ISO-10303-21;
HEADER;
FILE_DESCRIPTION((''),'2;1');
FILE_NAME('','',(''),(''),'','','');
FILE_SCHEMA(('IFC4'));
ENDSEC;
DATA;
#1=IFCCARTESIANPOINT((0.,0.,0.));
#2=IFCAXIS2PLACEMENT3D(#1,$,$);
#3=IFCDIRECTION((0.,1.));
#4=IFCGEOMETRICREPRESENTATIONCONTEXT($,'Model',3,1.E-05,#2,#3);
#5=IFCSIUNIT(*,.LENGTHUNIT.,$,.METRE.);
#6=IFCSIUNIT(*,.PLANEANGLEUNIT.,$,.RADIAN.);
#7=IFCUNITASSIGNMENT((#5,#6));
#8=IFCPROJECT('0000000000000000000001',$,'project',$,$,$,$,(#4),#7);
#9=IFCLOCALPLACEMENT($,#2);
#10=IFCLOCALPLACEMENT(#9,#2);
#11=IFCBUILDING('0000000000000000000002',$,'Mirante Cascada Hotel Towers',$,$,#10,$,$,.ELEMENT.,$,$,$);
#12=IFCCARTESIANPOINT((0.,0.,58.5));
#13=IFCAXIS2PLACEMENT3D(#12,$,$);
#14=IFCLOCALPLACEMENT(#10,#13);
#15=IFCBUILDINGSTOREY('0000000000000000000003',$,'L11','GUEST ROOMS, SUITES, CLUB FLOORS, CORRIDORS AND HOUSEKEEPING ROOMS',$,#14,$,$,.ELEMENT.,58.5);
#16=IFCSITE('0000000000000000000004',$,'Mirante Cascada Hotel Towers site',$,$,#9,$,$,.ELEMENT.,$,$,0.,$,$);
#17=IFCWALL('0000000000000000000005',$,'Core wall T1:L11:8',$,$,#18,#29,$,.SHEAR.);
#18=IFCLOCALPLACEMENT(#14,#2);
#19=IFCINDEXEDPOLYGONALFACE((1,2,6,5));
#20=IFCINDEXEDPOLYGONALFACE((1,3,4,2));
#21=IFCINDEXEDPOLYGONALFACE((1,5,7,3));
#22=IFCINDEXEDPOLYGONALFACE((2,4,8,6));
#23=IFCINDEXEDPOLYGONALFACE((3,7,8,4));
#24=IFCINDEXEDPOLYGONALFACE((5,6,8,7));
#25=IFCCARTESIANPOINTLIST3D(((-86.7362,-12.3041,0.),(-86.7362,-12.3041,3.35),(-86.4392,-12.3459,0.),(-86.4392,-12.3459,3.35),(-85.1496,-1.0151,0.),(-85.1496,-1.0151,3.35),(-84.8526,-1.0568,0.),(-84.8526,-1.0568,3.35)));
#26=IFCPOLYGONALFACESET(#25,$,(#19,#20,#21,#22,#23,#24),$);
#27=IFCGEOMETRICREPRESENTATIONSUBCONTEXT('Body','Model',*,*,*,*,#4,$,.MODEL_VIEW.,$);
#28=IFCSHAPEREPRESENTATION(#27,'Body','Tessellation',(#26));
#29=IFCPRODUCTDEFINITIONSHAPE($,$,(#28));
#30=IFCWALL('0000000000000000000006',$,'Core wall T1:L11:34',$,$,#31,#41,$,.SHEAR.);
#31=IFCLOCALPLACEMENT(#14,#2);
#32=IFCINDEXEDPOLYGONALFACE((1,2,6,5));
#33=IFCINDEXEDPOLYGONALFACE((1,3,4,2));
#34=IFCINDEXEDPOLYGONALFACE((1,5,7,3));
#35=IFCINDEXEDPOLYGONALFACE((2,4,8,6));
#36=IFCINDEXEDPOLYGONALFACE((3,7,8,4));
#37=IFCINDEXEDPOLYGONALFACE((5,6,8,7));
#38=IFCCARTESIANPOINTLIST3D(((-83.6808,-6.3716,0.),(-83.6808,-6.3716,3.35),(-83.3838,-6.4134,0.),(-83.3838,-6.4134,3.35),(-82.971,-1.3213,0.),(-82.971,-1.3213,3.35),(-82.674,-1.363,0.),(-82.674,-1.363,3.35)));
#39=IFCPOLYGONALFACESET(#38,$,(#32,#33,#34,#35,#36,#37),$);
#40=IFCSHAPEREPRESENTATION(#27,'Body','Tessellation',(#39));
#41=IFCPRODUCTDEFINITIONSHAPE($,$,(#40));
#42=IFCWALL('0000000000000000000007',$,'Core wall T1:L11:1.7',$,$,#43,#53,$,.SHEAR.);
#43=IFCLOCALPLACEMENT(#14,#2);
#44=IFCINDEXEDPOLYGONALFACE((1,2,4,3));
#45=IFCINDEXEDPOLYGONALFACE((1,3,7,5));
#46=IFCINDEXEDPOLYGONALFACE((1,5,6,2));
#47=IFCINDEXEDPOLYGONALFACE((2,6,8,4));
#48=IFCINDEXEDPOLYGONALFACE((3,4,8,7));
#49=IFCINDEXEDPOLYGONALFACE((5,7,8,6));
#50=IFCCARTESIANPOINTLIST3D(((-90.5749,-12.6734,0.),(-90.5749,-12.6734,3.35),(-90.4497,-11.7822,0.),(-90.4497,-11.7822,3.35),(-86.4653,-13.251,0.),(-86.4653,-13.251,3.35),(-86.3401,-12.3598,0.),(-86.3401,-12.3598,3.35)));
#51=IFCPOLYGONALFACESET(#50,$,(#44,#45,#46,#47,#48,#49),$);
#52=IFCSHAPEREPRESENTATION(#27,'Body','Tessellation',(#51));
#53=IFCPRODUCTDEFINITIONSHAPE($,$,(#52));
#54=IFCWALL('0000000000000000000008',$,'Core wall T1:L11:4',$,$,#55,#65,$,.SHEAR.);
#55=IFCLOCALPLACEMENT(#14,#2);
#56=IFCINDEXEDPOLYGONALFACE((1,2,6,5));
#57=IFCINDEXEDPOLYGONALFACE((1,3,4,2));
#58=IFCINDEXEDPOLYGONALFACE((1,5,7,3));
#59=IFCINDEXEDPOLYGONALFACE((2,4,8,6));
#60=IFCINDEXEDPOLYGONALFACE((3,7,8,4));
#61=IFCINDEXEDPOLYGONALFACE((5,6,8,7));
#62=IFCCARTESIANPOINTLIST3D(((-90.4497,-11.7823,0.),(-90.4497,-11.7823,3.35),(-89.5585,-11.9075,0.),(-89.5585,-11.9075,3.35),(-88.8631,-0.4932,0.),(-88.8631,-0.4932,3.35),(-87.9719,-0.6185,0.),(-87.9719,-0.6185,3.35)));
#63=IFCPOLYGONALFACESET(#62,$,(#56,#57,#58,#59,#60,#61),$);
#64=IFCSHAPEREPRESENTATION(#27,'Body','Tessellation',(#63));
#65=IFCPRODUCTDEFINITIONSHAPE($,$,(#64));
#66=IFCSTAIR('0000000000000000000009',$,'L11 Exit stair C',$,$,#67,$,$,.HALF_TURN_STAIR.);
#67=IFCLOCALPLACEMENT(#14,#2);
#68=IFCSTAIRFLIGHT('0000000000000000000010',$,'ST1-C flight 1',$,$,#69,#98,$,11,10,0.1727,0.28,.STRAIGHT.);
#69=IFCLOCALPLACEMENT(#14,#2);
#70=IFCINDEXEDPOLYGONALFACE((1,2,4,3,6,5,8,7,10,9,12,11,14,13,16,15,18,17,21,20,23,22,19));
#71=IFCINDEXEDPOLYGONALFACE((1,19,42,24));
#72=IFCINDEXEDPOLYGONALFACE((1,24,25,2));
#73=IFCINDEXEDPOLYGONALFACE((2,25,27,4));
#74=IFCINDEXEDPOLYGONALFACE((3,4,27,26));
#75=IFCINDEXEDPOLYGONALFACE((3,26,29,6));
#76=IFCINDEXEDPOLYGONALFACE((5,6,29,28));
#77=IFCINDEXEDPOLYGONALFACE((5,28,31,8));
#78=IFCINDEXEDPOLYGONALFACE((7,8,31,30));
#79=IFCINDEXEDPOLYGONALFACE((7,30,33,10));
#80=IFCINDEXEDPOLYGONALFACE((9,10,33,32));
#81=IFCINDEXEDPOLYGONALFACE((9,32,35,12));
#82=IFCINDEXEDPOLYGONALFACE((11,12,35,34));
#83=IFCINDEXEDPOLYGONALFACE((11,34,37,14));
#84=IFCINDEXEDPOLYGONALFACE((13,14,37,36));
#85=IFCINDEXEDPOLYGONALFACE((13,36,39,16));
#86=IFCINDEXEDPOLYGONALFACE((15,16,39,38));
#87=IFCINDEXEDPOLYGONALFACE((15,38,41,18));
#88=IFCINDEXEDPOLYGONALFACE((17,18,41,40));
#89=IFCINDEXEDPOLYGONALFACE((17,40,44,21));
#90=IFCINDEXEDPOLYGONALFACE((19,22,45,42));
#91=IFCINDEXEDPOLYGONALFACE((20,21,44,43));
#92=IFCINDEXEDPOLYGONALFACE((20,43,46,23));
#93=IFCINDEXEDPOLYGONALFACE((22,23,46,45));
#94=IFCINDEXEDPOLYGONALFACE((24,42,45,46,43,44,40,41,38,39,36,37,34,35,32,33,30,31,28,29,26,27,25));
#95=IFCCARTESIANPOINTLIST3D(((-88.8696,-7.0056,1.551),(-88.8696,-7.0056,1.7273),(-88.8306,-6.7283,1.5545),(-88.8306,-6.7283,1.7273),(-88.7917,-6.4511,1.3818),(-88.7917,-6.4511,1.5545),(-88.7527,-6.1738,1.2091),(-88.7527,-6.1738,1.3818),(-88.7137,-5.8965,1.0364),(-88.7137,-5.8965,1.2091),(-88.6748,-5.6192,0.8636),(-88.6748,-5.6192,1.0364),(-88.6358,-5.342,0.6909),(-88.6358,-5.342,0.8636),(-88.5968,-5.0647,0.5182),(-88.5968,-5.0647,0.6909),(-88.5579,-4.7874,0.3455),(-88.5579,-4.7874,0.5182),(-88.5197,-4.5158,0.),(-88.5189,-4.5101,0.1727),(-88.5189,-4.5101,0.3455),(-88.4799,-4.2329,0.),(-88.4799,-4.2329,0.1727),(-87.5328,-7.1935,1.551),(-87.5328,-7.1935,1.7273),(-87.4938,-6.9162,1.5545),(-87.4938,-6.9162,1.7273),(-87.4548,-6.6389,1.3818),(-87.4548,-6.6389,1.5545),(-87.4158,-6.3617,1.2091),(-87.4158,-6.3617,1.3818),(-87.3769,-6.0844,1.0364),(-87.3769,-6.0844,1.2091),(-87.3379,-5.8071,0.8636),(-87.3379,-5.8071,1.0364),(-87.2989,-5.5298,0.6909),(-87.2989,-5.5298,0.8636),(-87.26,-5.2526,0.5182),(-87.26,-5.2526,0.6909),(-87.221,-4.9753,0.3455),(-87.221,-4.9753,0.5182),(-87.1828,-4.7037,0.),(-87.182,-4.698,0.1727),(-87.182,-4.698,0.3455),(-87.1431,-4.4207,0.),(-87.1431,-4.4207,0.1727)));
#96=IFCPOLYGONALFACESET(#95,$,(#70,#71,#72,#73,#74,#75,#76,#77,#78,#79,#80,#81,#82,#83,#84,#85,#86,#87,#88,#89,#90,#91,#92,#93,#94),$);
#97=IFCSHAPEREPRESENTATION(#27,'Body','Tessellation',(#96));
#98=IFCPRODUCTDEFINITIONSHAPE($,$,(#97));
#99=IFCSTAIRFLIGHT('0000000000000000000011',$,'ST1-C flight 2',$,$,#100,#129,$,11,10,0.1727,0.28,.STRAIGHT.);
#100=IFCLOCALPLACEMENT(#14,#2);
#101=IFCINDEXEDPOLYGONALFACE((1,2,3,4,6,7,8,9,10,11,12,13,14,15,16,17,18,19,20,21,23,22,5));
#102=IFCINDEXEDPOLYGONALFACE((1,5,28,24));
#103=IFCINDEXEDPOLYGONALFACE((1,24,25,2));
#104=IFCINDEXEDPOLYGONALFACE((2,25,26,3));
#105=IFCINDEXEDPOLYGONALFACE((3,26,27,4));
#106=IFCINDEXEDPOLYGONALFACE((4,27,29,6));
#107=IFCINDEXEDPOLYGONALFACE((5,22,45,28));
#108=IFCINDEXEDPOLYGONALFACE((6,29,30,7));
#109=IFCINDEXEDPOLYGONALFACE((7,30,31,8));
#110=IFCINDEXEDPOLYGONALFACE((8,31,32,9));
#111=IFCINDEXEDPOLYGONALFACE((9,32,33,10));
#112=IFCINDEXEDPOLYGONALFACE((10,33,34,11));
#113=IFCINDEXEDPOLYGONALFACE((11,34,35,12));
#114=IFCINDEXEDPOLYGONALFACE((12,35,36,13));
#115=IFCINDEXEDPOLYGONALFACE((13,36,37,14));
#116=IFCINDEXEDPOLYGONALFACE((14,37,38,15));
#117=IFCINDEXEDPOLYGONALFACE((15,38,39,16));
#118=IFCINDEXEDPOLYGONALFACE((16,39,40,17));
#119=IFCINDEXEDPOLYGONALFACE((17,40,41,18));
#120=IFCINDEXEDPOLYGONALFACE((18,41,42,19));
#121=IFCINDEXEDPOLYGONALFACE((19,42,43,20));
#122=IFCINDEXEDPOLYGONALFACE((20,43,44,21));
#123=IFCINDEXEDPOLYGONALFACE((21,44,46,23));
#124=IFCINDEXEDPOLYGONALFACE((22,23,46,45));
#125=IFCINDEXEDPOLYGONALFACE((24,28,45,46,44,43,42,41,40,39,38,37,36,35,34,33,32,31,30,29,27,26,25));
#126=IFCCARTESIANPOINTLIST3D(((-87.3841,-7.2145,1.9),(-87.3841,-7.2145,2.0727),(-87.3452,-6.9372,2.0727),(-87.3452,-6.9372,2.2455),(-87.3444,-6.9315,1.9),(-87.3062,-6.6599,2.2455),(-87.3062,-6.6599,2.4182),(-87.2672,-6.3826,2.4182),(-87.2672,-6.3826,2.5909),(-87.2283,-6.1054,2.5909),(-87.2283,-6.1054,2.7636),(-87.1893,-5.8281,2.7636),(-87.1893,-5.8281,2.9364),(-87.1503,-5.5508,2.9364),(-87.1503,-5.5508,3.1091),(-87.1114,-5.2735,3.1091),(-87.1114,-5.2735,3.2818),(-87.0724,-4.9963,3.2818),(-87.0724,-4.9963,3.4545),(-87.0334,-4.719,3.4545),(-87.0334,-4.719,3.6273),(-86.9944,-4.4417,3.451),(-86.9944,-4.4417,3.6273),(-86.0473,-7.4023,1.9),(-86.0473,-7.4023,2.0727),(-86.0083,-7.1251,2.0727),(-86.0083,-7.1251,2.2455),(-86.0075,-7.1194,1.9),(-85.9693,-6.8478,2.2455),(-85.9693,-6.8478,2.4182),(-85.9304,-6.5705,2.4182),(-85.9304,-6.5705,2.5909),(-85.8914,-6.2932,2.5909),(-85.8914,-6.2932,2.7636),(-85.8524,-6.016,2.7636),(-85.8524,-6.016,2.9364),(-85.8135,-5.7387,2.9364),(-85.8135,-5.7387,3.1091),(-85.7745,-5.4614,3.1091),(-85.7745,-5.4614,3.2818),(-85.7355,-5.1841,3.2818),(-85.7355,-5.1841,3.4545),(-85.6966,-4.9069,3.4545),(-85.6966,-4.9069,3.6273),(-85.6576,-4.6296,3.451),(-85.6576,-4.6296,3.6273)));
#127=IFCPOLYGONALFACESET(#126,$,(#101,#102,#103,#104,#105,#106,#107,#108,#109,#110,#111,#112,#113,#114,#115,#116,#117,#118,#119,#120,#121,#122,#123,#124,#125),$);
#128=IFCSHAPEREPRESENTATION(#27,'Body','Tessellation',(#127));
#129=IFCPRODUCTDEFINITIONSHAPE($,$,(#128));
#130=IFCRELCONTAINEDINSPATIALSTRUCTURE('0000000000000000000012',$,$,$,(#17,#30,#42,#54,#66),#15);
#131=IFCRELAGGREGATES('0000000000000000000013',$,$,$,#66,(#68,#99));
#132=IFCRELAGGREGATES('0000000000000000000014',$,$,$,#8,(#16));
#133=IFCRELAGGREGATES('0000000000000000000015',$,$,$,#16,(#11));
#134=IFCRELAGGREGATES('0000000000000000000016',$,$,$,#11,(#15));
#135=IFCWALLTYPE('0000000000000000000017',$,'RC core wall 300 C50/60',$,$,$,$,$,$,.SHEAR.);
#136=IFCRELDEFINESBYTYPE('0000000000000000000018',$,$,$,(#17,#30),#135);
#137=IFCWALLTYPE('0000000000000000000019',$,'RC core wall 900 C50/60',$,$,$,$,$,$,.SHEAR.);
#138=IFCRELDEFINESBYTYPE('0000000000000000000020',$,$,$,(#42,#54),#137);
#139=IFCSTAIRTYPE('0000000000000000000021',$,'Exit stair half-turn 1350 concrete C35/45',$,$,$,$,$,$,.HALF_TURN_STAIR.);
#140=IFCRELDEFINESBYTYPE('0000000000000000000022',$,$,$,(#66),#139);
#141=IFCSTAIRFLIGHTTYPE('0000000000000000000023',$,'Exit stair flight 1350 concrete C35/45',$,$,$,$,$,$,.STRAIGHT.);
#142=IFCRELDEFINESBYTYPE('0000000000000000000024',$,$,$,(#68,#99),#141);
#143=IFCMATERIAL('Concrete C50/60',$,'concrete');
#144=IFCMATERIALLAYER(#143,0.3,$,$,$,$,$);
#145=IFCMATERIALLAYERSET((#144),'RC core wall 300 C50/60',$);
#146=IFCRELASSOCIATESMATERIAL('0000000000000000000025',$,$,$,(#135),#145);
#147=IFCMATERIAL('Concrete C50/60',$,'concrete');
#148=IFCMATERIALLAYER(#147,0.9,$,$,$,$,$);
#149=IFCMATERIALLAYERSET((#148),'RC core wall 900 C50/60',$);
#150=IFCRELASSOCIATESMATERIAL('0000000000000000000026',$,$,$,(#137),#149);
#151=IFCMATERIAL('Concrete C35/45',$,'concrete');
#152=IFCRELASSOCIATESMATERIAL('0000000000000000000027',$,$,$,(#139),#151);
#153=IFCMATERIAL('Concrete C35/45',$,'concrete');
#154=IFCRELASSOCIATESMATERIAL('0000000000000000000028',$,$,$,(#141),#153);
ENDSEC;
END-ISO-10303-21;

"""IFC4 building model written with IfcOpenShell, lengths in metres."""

from ifc_helpers import new_model, si_unit, direction, frame, frame_2d, origin, place, context, subcontext, project, spatial, polyline, rectangle, outline, extrude, material, layer, layer_set, type_object, element, aggregate, save


model = new_model("IFC4")

# Units and contexts
model_context = context("Model", 3, precision=1e-05, world=origin(), true_north=direction((0.0, 1.0)))
body_context = subcontext(model_context, "Body", "Model", "MODEL_VIEW")
ifc_project = project(units=[si_unit("LENGTHUNIT", "METRE"), si_unit("PLANEANGLEUNIT", "RADIAN")], contexts=[model_context])

# Site, building, storey
site_placement = place(None, origin())
site = spatial("IfcSite", under=ifc_project, at=site_placement, Name="Mirante Cascada Hotel Towers site", CompositionType="ELEMENT", RefElevation=0.0)
building_placement = place(site_placement, origin())
building = spatial("IfcBuilding", under=site, at=building_placement, Name="Mirante Cascada Hotel Towers", CompositionType="ELEMENT")
storey_placement = place(building_placement, frame((0.0, 0.0, 58.5)))
storey = spatial("IfcBuildingStorey", under=building, at=storey_placement, Name="L11", Description="GUEST ROOMS, SUITES, CLUB FLOORS, CORRIDORS AND HOUSEKEEPING ROOMS", CompositionType="ELEMENT", Elevation=58.5)

# Walls
ifc_material_1 = material(Name="Concrete C50/60", Category="concrete")
ifc_layer_1 = layer(ifc_material_1, 0.3)
ifc_layer_set_1 = layer_set([ifc_layer_1], Name="RC core wall 300 C50/60")
wall_type_1 = type_object("IfcWallType", Name="RC core wall 300 C50/60", PredefinedType="SHEAR", material=ifc_layer_set_1)
wall_1_placement = place(storey_placement, frame((-86.5877, -12.325, 0.0), z_axis=(0.0, 0.0, 1.0), x_axis=(0.139175, 0.990268, 0.0)))
element("IfcWall", 1, at=wall_1_placement, inside=storey, type_object=wall_type_1, Name="Core wall T1:L11:8", PredefinedType="SHEAR", context=body_context, shape_type="SweptSolid", body=[
    extrude(rectangle(XDim=11.4, YDim=0.3, at=frame_2d((5.7, 0.0))), origin(), (0.0, 0.0, 1.0), 3.35),
])
wall_2_placement = place(storey_placement, frame((-83.5323, -6.3925, 0.0), z_axis=(0.0, 0.0, 1.0), x_axis=(0.139176, 0.990268, 0.0)))
element("IfcWall", 2, at=wall_2_placement, inside=storey, type_object=wall_type_1, Name="Core wall T1:L11:34", PredefinedType="SHEAR", context=body_context, shape_type="SweptSolid", body=[
    extrude(rectangle(XDim=5.1, YDim=0.3, at=frame_2d((2.55, 0.0))), origin(), (0.0, 0.0, 1.0), 3.35),
])
ifc_material_2 = material(Name="Concrete C50/60", Category="concrete")
ifc_layer_2 = layer(ifc_material_2, 0.9)
ifc_layer_set_2 = layer_set([ifc_layer_2], Name="RC core wall 900 C50/60")
wall_type_2 = type_object("IfcWallType", Name="RC core wall 900 C50/60", PredefinedType="SHEAR", material=ifc_layer_set_2)
wall_3_placement = place(storey_placement, frame((-86.4027, -12.8054, 0.0), z_axis=(0.0, 0.0, 1.0), x_axis=(-0.990267, 0.139181, 0.0)))
element("IfcWall", 3, at=wall_3_placement, inside=storey, type_object=wall_type_2, Name="Core wall T1:L11:1.7", PredefinedType="SHEAR", context=body_context, shape_type="SweptSolid", body=[
    extrude(rectangle(XDim=4.15, YDim=0.9, at=frame_2d((2.075, 0.0))), origin(), (0.0, 0.0, 1.0), 3.35),
])
wall_4_placement = place(storey_placement, frame((-90.0041, -11.8449, 0.0), z_axis=(0.0, 0.0, 1.0), x_axis=(0.139175, 0.990268, 0.0)))
element("IfcWall", 4, at=wall_4_placement, inside=storey, type_object=wall_type_2, Name="Core wall T1:L11:4", PredefinedType="SHEAR", context=body_context, shape_type="SweptSolid", body=[
    extrude(rectangle(XDim=11.4, YDim=0.9, at=frame_2d((5.7, 0.0))), origin(), (0.0, 0.0, 1.0), 3.35),
])

# Stair, stair flights
ifc_material_3 = material(Name="Concrete C35/45", Category="concrete")
stair_type = type_object("IfcStairType", Name="Exit stair half-turn 1350 concrete C35/45", PredefinedType="HALF_TURN_STAIR", material=ifc_material_3)
stair_placement = place(storey_placement, origin())
stair = element("IfcStair", 5, at=stair_placement, inside=storey, type_object=stair_type, Name="L11 Exit stair C", PredefinedType="HALF_TURN_STAIR")
ifc_material_4 = material(Name="Concrete C35/45", Category="concrete")
stair_flight_type = type_object("IfcStairFlightType", Name="Exit stair flight 1350 concrete C35/45", PredefinedType="STRAIGHT", material=ifc_material_4)
stair_flight_1_placement = place(storey_placement, frame((-87.8115, -4.3268, 0.0), z_axis=(0.0, 0.0, 1.0), x_axis=(-0.139173, -0.990268, 0.0)))
stair_flight_1 = element("IfcStairFlight", 6, at=stair_flight_1_placement, type_object=stair_flight_type, Name="ST1-C flight 1", NumberOfRisers=11, NumberOfTreads=10, PredefinedType="STRAIGHT", RiserHeight=0.1727, TreadLength=0.28, context=body_context, shape_type="SweptSolid", body=[
    extrude(outline(polyline([(0.0, 0.0), (0.0, 0.1727), (0.28, 0.1727), (0.28, 0.3455), (0.56, 0.3455), (0.56, 0.5182), (0.84, 0.5182), (0.84, 0.6909), (1.12, 0.6909), (1.12, 0.8636), (1.4, 0.8636), (1.4, 1.0364), (1.68, 1.0364), (1.68, 1.2091), (1.96, 1.2091), (1.96, 1.3818), (2.24, 1.3818), (2.24, 1.5545), (2.52, 1.5545), (2.52, 1.7273), (2.8, 1.7273), (2.8, 1.9), (2.8, 1.551), (0.2857, 0.0), (0.0, 0.0)])), frame((0.0, 0.675, 0.0), z_axis=(0.0, -1.0, 0.0), x_axis=(1.0, 0.0, 0.0)), (0.0, 0.0, 1.0), 1.35),
])
stair_flight_2_placement = place(storey_placement, frame((-86.7157, -7.3084, 1.9), z_axis=(0.0, 0.0, 1.0), x_axis=(0.139173, 0.990268, 0.0)))
stair_flight_2 = element("IfcStairFlight", 7, at=stair_flight_2_placement, type_object=stair_flight_type, Name="ST1-C flight 2", NumberOfRisers=11, NumberOfTreads=10, PredefinedType="STRAIGHT", RiserHeight=0.1727, TreadLength=0.28, context=body_context, shape_type="SweptSolid", body=[
    extrude(outline(polyline([(0.0, 0.0), (0.0, 0.1727), (0.28, 0.1727), (0.28, 0.3455), (0.56, 0.3455), (0.56, 0.5182), (0.84, 0.5182), (0.84, 0.6909), (1.12, 0.6909), (1.12, 0.8636), (1.4, 0.8636), (1.4, 1.0364), (1.68, 1.0364), (1.68, 1.2091), (1.96, 1.2091), (1.96, 1.3818), (2.24, 1.3818), (2.24, 1.5545), (2.52, 1.5545), (2.52, 1.7273), (2.8, 1.7273), (2.8, 1.9), (2.8, 1.551), (0.2857, 0.0), (0.0, 0.0)])), frame((0.0, 0.675, 0.0), z_axis=(0.0, -1.0, 0.0), x_axis=(1.0, 0.0, 0.0)), (0.0, 0.0, 1.0), 1.35),
])
aggregate(stair, [stair_flight_1, stair_flight_2])

save(model, "model.ifc")
